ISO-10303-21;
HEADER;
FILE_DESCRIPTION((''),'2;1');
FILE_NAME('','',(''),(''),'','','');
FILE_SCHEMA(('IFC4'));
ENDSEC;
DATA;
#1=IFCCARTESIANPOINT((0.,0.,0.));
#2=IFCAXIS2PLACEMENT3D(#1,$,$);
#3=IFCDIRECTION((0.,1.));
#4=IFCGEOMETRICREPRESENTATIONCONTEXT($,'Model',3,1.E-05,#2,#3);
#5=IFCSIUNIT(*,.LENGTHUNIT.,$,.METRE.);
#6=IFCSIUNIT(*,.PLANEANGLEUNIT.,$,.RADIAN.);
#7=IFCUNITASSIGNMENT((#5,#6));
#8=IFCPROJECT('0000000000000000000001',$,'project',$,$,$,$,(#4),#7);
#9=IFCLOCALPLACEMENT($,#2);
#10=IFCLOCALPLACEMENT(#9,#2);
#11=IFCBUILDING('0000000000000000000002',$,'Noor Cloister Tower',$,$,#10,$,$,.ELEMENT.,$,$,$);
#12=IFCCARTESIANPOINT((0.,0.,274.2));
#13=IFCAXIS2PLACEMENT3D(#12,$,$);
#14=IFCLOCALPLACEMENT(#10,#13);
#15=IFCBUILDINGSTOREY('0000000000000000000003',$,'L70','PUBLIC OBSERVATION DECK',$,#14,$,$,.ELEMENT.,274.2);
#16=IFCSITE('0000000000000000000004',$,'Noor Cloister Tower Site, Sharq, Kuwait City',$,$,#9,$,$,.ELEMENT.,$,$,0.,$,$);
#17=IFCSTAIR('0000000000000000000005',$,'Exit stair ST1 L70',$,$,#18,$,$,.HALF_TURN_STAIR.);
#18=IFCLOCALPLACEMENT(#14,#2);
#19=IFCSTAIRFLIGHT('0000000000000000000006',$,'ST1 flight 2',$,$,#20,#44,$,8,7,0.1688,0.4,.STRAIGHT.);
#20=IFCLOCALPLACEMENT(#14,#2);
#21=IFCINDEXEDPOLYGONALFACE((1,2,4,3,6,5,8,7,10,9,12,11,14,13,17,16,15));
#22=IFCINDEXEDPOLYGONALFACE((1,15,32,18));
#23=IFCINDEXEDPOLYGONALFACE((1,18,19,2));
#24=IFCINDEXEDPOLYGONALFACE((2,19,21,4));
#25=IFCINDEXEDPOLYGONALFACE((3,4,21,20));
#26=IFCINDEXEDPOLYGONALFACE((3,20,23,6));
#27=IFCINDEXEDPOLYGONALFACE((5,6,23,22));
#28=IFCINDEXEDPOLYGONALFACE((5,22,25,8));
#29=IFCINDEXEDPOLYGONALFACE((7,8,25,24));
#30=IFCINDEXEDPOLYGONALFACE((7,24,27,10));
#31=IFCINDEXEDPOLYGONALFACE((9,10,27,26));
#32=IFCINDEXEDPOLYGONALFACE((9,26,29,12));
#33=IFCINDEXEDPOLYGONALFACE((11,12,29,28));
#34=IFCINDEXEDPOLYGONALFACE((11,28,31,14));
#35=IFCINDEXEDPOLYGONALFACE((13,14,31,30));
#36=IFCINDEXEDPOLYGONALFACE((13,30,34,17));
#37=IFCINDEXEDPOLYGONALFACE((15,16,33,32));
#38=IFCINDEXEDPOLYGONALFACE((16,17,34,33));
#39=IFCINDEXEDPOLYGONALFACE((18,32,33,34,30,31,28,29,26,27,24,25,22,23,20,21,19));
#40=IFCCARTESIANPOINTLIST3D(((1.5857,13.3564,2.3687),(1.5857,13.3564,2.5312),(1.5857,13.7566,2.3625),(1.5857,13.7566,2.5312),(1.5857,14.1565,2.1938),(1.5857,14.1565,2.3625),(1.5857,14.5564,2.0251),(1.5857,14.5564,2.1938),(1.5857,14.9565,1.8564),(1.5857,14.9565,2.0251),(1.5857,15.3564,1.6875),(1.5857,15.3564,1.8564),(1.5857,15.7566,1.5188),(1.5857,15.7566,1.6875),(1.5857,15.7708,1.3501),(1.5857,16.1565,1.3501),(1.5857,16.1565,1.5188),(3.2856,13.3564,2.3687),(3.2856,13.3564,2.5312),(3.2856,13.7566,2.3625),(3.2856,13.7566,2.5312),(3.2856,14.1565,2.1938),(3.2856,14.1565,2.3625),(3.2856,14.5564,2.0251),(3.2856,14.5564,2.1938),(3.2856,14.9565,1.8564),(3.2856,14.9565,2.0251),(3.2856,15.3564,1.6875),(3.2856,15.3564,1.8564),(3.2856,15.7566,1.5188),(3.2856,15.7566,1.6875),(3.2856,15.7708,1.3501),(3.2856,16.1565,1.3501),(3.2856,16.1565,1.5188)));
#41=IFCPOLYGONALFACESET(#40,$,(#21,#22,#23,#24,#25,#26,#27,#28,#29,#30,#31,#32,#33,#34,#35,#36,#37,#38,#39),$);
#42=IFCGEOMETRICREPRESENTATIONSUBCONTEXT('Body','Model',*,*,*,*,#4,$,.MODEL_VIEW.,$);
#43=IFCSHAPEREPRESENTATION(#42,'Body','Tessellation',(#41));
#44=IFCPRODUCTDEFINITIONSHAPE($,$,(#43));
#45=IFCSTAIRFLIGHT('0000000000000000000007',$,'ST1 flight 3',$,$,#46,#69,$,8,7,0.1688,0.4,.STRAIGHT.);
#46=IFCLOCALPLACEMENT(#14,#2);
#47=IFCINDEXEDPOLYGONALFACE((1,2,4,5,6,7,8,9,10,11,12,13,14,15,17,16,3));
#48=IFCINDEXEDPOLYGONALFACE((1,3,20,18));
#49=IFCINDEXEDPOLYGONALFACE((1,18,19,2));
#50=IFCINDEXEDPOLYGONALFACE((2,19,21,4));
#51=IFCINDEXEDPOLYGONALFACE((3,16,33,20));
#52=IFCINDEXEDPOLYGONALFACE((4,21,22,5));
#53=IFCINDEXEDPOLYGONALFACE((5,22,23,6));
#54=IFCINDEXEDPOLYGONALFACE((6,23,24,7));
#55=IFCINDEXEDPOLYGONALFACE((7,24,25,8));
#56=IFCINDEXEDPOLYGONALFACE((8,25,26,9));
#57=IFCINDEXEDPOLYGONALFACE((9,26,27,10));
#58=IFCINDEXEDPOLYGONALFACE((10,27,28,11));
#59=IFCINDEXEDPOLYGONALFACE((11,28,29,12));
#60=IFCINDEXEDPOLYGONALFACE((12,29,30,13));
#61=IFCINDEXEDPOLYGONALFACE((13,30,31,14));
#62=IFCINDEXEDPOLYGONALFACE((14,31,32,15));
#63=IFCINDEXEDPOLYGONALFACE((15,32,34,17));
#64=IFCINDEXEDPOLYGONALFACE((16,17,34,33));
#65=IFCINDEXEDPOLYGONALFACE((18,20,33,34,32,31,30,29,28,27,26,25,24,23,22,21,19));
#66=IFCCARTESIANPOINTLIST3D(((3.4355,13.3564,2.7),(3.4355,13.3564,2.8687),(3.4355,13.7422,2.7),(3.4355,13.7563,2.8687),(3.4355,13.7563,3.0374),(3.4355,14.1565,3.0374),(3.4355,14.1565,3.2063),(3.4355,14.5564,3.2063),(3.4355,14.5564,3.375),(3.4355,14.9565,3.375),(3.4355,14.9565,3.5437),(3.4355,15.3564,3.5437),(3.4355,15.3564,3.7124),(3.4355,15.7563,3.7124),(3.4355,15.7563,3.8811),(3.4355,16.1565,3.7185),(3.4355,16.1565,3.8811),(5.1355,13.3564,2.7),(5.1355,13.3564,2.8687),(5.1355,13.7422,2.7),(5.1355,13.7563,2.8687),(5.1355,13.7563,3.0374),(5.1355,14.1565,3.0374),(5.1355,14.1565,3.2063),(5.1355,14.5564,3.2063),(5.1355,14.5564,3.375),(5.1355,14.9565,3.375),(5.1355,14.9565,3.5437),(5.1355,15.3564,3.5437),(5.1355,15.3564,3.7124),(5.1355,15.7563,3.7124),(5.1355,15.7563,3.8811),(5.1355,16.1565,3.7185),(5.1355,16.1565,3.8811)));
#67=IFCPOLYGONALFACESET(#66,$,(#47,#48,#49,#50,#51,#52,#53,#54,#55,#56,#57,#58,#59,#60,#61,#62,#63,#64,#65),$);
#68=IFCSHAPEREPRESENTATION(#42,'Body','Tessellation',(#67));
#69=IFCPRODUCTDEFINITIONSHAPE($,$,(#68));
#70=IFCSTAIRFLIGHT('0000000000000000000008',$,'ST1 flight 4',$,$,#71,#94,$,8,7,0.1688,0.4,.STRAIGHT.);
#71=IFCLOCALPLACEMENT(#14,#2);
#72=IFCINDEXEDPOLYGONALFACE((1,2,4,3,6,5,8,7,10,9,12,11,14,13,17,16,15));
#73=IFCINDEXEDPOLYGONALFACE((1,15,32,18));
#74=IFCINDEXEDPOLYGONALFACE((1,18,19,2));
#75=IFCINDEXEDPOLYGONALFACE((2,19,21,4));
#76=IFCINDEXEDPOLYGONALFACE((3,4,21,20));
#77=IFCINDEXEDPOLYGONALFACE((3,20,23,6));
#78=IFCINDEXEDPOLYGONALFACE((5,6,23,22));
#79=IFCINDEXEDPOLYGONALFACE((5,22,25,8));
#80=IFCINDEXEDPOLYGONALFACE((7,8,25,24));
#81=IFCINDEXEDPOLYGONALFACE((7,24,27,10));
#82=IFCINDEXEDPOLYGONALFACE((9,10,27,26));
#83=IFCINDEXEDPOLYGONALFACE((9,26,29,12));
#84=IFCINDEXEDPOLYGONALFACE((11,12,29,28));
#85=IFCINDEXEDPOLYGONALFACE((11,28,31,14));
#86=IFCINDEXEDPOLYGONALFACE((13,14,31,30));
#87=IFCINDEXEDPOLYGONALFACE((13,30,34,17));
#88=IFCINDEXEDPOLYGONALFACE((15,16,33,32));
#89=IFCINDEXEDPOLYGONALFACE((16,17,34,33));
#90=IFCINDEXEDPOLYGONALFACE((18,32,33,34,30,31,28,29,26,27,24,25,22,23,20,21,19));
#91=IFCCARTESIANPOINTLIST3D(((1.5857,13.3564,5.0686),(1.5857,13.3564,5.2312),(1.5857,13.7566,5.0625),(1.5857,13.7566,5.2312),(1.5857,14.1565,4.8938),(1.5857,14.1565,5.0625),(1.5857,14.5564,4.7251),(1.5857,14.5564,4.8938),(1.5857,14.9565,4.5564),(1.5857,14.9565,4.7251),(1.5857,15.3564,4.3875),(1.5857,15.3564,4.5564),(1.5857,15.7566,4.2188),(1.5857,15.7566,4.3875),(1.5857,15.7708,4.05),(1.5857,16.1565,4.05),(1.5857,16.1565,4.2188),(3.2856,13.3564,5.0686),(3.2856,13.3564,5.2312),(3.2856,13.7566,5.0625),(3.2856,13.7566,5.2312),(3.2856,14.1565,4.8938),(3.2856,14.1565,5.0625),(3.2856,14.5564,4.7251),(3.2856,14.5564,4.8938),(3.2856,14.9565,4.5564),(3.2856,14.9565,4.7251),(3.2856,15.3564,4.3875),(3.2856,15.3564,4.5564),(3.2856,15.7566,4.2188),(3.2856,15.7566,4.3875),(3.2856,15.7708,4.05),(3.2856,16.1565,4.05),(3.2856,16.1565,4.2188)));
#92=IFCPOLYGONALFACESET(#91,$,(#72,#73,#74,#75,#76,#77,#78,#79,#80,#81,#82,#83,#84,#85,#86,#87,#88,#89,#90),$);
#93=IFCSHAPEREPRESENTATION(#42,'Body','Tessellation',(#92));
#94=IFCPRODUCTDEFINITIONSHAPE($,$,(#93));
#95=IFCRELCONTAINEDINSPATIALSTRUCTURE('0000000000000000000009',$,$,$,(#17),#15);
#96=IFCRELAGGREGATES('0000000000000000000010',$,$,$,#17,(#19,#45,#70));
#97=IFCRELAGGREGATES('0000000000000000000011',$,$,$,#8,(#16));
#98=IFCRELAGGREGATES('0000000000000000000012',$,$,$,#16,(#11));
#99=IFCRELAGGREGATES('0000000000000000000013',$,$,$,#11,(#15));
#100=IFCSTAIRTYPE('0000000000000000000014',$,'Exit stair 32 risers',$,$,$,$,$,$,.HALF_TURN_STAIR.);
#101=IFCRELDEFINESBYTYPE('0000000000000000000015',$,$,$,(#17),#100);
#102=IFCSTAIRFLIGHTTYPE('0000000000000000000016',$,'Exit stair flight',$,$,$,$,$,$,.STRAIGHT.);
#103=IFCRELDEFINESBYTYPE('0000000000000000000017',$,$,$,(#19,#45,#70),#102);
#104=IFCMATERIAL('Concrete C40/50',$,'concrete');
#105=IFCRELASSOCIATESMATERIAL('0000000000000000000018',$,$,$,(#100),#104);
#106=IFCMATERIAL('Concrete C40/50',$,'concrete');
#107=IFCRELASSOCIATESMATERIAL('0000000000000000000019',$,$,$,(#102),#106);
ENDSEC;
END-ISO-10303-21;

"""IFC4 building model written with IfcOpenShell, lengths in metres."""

from ifc_helpers import new_model, si_unit, direction, frame, origin, place, context, subcontext, project, spatial, polyline, outline, extrude, material, type_object, element, aggregate, save


model = new_model("IFC4")

# Units and contexts
model_context = context("Model", 3, precision=1e-05, world=origin(), true_north=direction((0.0, 1.0)))
body_context = subcontext(model_context, "Body", "Model", "MODEL_VIEW")
ifc_project = project(units=[si_unit("LENGTHUNIT", "METRE"), si_unit("PLANEANGLEUNIT", "RADIAN")], contexts=[model_context])

# Site, building, storey
site_placement = place(None, origin())
site = spatial("IfcSite", under=ifc_project, at=site_placement, Name="Noor Cloister Tower Site, Sharq, Kuwait City", CompositionType="ELEMENT", RefElevation=0.0)
building_placement = place(site_placement, origin())
building = spatial("IfcBuilding", under=site, at=building_placement, Name="Noor Cloister Tower", CompositionType="ELEMENT")
storey_placement = place(building_placement, frame((0.0, 0.0, 274.2)))
storey = spatial("IfcBuildingStorey", under=building, at=storey_placement, Name="L70", Description="PUBLIC OBSERVATION DECK", CompositionType="ELEMENT", Elevation=274.2)

# Stair, stair flights
ifc_material_1 = material(Name="Concrete C40/50", Category="concrete")
stair_type = type_object("IfcStairType", Name="Exit stair 32 risers", PredefinedType="HALF_TURN_STAIR", material=ifc_material_1)
stair_placement = place(storey_placement, origin())
stair = element("IfcStair", 1, at=stair_placement, inside=storey, type_object=stair_type, Name="Exit stair ST1 L70", PredefinedType="HALF_TURN_STAIR")
ifc_material_2 = material(Name="Concrete C40/50", Category="concrete")
stair_flight_type = type_object("IfcStairFlightType", Name="Exit stair flight", PredefinedType="STRAIGHT", material=ifc_material_2)
stair_flight_1_placement = place(storey_placement, frame((2.4355, 16.1565, 1.3501), z_axis=(0.0, 0.0, 1.0), x_axis=(0.0, -1.0, 0.0)))
stair_flight_1 = element("IfcStairFlight", 2, at=stair_flight_1_placement, type_object=stair_flight_type, Name="ST1 flight 2", NumberOfRisers=8, NumberOfTreads=7, PredefinedType="STRAIGHT", RiserHeight=0.1688, TreadLength=0.4, context=body_context, shape_type="SweptSolid", body=[
    extrude(outline(polyline([(0.0, 0.0), (0.0, 0.1687), (0.3999, 0.1687), (0.3999, 0.3374), (0.8, 0.3374), (0.8, 0.5063), (1.2, 0.5063), (1.2, 0.675), (1.6001, 0.675), (1.6001, 0.8438), (2.0, 0.8438), (2.0, 1.0125), (2.3999, 1.0125), (2.3999, 1.1812), (2.8, 1.1812), (2.8, 1.3501), (2.8, 1.0186), (0.3857, 0.0), (0.0, 0.0)])), frame((0.0, 0.8501, 0.0), z_axis=(0.0, -1.0, 0.0), x_axis=(1.0, 0.0, 0.0)), (0.0, 0.0, 1.0), 1.7),
])
stair_flight_2_placement = place(storey_placement, frame((4.2856, 13.3564, 2.7), z_axis=(0.0, 0.0, 1.0), x_axis=(0.0, 1.0, 0.0)))
stair_flight_2 = element("IfcStairFlight", 3, at=stair_flight_2_placement, type_object=stair_flight_type, Name="ST1 flight 3", NumberOfRisers=8, NumberOfTreads=7, PredefinedType="STRAIGHT", RiserHeight=0.1688, TreadLength=0.4, context=body_context, shape_type="SweptSolid", body=[
    extrude(outline(polyline([(0.0, 0.0), (0.0, 0.1687), (0.3999, 0.1687), (0.3999, 0.3374), (0.8, 0.3374), (0.8, 0.5063), (1.2, 0.5063), (1.2, 0.675), (1.6001, 0.675), (1.6001, 0.8438), (2.0, 0.8438), (2.0, 1.0125), (2.3999, 1.0125), (2.3999, 1.1812), (2.8, 1.1812), (2.8, 1.3501), (2.8, 1.0186), (0.3857, 0.0), (0.0, 0.0)])), frame((0.0, 0.8501, 0.0), z_axis=(0.0, -1.0, 0.0), x_axis=(1.0, 0.0, 0.0)), (0.0, 0.0, 1.0), 1.7),
])
stair_flight_3_placement = place(storey_placement, frame((2.4355, 16.1565, 4.05), z_axis=(0.0, 0.0, 1.0), x_axis=(0.0, -1.0, 0.0)))
stair_flight_3 = element("IfcStairFlight", 4, at=stair_flight_3_placement, type_object=stair_flight_type, Name="ST1 flight 4", NumberOfRisers=8, NumberOfTreads=7, PredefinedType="STRAIGHT", RiserHeight=0.1688, TreadLength=0.4, context=body_context, shape_type="SweptSolid", body=[
    extrude(outline(polyline([(0.0, 0.0), (0.0, 0.1687), (0.3999, 0.1687), (0.3999, 0.3374), (0.8, 0.3374), (0.8, 0.5063), (1.2, 0.5063), (1.2, 0.675), (1.6001, 0.675), (1.6001, 0.8438), (2.0, 0.8438), (2.0, 1.0125), (2.3999, 1.0125), (2.3999, 1.1812), (2.8, 1.1812), (2.8, 1.3501), (2.8, 1.0186), (0.3857, 0.0), (0.0, 0.0)])), frame((0.0, 0.8501, 0.0), z_axis=(0.0, -1.0, 0.0), x_axis=(1.0, 0.0, 0.0)), (0.0, 0.0, 1.0), 1.7),
])
aggregate(stair, [stair_flight_1, stair_flight_2, stair_flight_3])

save(model, "model.ifc")
